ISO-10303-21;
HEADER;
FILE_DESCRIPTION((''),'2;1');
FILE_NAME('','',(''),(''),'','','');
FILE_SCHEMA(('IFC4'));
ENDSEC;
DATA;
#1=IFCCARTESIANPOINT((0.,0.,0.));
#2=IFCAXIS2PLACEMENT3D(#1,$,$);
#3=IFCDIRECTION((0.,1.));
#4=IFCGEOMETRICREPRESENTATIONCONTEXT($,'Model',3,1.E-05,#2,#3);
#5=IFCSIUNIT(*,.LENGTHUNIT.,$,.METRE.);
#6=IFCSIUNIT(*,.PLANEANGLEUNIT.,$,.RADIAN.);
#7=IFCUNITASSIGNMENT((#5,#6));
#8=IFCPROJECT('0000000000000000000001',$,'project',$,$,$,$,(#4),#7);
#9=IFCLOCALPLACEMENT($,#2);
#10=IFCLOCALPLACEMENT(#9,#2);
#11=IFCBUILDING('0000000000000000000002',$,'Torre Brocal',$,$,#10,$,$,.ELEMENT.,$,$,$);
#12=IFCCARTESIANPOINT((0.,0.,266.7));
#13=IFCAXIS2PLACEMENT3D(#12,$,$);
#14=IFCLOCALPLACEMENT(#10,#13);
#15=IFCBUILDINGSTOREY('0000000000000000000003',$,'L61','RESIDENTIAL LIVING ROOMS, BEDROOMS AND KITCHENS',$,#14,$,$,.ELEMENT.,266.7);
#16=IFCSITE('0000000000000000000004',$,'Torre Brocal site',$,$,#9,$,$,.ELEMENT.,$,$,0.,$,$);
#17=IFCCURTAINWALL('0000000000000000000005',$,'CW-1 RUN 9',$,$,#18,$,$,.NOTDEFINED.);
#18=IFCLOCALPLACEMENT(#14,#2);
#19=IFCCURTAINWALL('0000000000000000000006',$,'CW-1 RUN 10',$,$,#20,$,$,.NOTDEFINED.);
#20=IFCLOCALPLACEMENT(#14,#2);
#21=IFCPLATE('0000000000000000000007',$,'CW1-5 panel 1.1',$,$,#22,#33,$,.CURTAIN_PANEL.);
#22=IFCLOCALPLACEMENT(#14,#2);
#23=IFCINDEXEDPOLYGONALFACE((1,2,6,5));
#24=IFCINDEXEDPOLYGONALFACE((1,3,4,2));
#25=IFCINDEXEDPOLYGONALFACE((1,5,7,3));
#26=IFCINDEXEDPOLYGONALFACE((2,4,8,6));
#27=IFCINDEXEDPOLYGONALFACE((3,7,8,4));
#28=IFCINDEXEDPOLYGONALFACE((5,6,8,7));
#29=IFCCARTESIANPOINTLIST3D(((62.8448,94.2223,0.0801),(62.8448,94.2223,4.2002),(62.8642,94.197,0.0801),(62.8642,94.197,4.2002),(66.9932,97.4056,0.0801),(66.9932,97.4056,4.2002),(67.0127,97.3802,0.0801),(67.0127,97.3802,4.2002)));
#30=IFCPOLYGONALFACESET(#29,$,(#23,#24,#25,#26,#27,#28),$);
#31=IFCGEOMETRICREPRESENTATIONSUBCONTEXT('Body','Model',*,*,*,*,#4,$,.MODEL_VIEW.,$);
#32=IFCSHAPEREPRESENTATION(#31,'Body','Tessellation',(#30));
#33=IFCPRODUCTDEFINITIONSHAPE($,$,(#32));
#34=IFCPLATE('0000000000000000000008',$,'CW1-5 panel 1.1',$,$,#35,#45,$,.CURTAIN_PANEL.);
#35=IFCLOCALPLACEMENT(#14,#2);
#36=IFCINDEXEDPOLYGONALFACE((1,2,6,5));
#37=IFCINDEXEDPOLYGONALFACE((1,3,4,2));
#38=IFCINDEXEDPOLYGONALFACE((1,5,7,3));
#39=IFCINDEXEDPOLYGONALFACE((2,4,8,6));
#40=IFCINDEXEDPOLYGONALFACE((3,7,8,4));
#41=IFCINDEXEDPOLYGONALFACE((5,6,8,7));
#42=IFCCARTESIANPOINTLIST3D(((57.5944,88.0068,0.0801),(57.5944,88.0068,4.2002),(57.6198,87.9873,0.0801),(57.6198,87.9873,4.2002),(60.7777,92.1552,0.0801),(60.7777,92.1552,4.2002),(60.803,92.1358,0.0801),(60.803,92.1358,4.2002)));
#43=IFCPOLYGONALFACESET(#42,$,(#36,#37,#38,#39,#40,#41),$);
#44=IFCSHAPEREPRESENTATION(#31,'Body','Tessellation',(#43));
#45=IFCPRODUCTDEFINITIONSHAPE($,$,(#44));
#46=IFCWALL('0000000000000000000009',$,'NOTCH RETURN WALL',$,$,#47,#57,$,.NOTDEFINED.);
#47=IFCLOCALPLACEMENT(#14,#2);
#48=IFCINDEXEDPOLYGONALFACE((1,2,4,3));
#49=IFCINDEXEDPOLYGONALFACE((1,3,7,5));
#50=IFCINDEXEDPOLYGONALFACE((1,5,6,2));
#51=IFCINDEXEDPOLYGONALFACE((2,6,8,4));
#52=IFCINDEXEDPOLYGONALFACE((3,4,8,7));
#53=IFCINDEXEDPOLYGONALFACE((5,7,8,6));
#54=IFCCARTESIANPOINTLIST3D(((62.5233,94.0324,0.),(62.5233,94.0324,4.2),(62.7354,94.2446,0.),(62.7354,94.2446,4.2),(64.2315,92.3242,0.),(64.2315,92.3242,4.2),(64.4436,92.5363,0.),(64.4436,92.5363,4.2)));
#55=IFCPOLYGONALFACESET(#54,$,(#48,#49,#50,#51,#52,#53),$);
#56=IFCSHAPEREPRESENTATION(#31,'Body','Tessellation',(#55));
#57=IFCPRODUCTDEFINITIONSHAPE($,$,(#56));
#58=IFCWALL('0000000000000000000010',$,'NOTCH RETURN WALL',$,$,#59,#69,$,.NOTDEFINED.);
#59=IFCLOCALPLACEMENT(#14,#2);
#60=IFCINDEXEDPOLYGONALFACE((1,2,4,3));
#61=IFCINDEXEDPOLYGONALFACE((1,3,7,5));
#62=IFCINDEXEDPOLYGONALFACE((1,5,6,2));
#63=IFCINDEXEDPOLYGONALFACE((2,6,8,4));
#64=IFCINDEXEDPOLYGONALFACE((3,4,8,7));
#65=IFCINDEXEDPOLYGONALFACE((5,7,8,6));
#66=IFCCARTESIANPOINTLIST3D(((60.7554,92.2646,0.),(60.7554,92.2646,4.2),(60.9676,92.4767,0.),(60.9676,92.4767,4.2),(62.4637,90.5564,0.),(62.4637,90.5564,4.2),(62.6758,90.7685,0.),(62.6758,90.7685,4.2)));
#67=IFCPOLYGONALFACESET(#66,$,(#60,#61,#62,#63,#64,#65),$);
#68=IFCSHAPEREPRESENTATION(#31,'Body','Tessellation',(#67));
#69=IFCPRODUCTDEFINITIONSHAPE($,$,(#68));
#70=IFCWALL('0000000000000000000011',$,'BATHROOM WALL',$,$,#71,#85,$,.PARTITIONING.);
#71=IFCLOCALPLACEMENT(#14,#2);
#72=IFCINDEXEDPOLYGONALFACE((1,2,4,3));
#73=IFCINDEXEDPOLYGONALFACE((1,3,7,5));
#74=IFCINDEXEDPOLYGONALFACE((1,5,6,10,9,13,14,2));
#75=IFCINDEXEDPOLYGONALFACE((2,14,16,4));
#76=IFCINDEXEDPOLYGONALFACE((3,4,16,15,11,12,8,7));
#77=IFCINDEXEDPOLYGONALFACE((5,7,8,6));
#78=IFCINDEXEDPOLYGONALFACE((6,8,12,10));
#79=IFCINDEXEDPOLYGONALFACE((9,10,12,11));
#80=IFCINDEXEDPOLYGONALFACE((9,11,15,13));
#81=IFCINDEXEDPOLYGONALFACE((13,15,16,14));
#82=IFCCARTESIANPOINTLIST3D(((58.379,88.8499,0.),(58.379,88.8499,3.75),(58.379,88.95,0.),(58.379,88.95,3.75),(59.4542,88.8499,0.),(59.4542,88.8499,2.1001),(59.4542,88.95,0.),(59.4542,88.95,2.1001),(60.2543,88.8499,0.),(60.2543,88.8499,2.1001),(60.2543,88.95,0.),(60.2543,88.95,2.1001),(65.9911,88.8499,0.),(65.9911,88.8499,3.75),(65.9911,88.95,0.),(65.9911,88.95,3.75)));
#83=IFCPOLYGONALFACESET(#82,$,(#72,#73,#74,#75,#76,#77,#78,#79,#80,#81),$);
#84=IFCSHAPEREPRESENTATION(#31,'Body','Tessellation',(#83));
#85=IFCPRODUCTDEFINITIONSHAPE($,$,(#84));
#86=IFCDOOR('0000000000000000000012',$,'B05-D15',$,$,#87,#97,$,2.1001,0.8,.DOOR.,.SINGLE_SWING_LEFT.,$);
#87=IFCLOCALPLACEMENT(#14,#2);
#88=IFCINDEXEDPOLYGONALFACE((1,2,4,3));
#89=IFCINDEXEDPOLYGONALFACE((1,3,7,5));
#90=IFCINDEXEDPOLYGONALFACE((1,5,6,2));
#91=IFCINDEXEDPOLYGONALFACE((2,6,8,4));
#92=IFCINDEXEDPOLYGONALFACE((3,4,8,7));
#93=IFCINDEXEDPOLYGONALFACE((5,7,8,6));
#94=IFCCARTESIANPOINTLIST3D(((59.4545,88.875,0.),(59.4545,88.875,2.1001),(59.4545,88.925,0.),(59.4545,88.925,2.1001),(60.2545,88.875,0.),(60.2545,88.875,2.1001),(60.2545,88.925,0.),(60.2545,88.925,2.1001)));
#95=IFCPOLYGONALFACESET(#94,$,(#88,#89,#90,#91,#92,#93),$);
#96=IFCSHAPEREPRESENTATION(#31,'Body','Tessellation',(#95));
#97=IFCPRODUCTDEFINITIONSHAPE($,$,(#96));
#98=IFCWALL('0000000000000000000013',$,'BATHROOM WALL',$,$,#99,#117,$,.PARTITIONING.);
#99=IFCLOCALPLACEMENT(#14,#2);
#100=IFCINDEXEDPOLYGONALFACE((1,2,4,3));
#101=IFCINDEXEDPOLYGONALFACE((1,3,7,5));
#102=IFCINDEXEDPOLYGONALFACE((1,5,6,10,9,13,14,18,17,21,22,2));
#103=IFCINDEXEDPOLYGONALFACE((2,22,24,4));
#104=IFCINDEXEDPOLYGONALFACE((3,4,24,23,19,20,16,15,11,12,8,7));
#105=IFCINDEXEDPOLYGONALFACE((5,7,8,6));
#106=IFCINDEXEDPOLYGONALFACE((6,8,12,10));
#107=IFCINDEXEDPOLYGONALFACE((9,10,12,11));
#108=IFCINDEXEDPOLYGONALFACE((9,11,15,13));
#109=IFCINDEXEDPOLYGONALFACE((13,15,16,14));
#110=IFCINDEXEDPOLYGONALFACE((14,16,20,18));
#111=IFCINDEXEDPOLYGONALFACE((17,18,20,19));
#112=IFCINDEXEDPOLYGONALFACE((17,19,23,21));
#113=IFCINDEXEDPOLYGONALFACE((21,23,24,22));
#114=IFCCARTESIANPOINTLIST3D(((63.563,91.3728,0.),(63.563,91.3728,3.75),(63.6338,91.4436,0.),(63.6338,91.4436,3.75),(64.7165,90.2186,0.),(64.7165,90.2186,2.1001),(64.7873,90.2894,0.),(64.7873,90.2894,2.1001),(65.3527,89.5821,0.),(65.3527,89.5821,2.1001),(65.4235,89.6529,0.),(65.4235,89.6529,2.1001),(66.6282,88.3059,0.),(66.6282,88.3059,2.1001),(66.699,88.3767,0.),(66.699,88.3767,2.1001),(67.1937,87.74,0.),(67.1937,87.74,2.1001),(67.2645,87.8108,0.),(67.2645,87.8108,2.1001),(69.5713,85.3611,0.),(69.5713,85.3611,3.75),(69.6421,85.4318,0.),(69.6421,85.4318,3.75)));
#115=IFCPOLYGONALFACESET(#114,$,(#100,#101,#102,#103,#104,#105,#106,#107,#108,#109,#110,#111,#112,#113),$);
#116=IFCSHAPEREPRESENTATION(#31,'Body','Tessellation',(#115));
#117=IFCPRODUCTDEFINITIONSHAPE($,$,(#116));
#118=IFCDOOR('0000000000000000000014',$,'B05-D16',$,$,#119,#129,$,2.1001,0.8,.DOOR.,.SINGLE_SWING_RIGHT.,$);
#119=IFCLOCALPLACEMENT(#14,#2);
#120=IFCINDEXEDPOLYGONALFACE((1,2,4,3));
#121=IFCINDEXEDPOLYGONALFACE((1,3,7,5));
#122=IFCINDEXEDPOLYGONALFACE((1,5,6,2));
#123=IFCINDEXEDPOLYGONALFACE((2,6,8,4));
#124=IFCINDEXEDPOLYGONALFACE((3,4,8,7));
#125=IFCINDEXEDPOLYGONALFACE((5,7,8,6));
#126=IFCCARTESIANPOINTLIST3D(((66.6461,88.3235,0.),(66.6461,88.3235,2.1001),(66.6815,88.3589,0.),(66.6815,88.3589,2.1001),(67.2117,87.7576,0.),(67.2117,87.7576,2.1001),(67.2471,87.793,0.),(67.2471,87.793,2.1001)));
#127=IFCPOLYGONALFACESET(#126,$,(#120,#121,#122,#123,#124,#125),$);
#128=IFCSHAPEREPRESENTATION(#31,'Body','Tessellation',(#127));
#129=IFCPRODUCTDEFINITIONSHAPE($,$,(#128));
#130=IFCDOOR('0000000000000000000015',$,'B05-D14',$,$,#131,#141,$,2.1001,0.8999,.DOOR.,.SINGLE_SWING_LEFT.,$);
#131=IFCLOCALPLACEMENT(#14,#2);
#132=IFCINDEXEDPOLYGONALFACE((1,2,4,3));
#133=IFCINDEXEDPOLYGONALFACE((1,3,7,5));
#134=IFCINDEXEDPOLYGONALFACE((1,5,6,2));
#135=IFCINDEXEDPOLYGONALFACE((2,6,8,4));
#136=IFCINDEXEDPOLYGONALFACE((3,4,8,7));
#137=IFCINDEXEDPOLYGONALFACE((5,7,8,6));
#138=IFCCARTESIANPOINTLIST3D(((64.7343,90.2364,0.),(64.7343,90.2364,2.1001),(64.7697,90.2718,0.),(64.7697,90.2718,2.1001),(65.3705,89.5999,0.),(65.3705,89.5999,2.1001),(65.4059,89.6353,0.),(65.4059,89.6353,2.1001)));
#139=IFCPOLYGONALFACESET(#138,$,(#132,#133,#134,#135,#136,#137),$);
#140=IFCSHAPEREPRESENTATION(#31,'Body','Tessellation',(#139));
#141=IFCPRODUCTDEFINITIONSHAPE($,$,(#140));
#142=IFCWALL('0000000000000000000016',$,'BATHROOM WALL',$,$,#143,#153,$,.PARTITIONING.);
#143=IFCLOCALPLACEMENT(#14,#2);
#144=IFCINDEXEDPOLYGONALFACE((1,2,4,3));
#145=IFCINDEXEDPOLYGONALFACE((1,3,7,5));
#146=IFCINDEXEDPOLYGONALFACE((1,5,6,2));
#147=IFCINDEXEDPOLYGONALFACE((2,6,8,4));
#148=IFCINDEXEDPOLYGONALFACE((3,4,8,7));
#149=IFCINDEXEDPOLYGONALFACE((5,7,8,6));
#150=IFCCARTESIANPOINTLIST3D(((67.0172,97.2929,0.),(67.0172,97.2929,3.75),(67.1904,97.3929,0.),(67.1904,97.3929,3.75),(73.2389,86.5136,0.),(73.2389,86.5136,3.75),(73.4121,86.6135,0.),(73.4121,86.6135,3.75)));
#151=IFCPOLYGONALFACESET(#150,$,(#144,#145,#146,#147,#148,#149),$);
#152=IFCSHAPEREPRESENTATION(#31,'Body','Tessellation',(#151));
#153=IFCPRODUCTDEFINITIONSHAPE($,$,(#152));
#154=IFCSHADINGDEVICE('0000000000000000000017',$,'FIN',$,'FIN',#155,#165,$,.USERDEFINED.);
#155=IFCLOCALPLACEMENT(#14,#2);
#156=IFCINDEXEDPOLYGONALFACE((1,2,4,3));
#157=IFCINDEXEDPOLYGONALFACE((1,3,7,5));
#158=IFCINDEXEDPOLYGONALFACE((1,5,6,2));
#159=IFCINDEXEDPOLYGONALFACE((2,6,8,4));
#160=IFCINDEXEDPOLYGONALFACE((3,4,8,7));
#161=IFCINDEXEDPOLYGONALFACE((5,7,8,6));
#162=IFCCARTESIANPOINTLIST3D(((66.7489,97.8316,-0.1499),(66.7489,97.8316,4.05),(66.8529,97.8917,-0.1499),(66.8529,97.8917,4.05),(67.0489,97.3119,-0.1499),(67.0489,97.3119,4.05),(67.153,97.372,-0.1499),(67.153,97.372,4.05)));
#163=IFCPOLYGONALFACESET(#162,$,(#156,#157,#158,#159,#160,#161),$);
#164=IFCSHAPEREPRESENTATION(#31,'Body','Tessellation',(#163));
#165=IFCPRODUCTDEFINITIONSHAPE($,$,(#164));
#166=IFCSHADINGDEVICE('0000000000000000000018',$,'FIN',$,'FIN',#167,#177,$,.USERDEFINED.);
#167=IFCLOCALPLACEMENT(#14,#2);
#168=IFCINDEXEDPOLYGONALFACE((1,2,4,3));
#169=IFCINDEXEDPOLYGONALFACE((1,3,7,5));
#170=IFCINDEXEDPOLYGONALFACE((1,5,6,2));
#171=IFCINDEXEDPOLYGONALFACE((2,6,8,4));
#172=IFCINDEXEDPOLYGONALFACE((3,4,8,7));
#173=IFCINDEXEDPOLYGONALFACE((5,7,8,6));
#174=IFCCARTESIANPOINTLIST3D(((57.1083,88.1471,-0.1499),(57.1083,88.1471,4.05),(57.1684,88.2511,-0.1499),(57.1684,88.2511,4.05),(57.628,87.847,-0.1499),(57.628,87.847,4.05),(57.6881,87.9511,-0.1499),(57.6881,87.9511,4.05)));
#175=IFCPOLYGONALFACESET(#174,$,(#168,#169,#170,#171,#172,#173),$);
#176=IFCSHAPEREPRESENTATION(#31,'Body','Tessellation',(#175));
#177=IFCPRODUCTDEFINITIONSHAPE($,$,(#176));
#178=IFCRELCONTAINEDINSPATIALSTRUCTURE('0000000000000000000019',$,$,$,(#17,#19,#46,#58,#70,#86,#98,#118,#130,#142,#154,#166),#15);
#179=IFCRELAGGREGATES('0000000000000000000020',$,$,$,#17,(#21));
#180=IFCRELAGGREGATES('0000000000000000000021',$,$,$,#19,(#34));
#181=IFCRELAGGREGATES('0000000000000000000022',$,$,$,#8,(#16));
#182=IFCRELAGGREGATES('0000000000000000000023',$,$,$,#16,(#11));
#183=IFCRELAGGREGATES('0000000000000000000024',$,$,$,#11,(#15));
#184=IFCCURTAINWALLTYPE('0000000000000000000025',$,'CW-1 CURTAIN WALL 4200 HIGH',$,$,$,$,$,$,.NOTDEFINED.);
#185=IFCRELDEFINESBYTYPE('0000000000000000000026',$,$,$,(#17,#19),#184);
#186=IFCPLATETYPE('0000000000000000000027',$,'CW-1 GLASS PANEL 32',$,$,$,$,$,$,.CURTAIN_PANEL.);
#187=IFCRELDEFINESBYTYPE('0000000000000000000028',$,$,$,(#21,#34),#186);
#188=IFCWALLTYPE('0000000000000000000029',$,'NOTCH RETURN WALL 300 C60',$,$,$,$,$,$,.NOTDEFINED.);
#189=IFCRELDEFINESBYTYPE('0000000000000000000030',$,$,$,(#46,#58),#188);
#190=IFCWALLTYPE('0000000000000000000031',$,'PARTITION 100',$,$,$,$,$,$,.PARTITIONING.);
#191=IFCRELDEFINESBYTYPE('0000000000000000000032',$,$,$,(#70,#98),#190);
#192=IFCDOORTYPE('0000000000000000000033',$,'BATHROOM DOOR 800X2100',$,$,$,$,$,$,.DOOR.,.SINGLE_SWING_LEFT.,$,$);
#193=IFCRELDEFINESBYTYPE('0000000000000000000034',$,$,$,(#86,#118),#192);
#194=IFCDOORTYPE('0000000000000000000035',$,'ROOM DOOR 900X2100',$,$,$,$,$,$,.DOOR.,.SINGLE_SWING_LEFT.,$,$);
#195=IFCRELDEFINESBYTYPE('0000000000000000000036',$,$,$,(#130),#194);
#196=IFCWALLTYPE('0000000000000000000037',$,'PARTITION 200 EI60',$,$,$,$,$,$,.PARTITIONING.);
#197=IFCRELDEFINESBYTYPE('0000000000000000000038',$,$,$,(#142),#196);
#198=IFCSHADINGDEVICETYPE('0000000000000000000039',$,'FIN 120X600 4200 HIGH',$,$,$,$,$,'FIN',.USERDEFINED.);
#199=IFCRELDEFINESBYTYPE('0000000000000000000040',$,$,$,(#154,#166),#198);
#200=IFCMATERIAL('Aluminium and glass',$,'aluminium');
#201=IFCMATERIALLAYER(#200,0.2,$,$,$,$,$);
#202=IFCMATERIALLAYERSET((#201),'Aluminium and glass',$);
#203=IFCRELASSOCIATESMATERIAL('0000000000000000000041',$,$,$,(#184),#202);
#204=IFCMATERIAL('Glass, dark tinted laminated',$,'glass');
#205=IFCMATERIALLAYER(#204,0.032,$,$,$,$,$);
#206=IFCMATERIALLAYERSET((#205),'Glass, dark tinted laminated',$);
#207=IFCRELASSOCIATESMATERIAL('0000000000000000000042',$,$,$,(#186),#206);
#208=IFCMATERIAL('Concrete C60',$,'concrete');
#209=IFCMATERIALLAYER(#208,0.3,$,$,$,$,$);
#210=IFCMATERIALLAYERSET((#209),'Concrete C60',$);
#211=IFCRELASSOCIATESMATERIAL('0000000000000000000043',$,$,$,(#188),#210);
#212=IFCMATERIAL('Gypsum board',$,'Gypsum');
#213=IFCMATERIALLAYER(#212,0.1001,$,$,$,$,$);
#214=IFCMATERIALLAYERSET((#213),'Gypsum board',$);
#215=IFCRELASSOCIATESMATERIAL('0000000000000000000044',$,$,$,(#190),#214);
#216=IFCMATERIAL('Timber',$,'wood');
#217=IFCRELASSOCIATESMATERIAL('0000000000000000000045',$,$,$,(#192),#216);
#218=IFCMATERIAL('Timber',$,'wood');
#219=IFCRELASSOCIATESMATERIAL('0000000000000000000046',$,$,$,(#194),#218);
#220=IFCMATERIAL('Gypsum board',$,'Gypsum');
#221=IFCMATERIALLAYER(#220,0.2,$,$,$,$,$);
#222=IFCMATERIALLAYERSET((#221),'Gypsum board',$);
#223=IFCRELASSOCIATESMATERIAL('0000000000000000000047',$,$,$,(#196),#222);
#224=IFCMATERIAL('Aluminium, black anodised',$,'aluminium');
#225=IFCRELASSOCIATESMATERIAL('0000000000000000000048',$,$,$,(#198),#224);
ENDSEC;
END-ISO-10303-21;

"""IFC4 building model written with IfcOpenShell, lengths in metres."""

from ifc_helpers import new_model, si_unit, direction, frame, frame_2d, origin, origin_2d, place, context, subcontext, project, spatial, rectangle, extrude, material, layer, layer_set, material_profile, profile_set, type_object, element, fill, aggregate, save


model = new_model("IFC4")

# Units and contexts
model_context = context("Model", 3, precision=1e-05, world=origin(), true_north=direction((0.0, 1.0)))
body_context = subcontext(model_context, "Body", "Model", "MODEL_VIEW")
ifc_project = project(units=[si_unit("LENGTHUNIT", "METRE"), si_unit("PLANEANGLEUNIT", "RADIAN")], contexts=[model_context])

# Site, building, storey
site_placement = place(None, origin())
site = spatial("IfcSite", under=ifc_project, at=site_placement, Name="Torre Brocal site", CompositionType="ELEMENT", RefElevation=0.0)
building_placement = place(site_placement, origin())
building = spatial("IfcBuilding", under=site, at=building_placement, Name="Torre Brocal", CompositionType="ELEMENT")
storey_placement = place(building_placement, frame((0.0, 0.0, 266.7)))
storey = spatial("IfcBuildingStorey", under=building, at=storey_placement, Name="L61", Description="RESIDENTIAL LIVING ROOMS, BEDROOMS AND KITCHENS", CompositionType="ELEMENT", Elevation=266.7)

# Shared definitions
ifc_material_1 = material(Name="Aluminium and glass", Category="aluminium")
ifc_layer_1 = layer(ifc_material_1, 0.2)
ifc_layer_set_1 = layer_set([ifc_layer_1], Name="Aluminium and glass")
curtain_wall_type = type_object("IfcCurtainWallType", Name="CW-1 CURTAIN WALL 4200 HIGH", PredefinedType="NOTDEFINED", material=ifc_layer_set_1)

# Curtain walls
curtain_wall_1_placement = place(storey_placement, origin())
curtain_wall_1 = element("IfcCurtainWall", 1, at=curtain_wall_1_placement, inside=storey, type_object=curtain_wall_type, Name="CW-1 RUN 9", PredefinedType="NOTDEFINED")
curtain_wall_2_placement = place(storey_placement, origin())
curtain_wall_2 = element("IfcCurtainWall", 2, at=curtain_wall_2_placement, inside=storey, type_object=curtain_wall_type, Name="CW-1 RUN 10", PredefinedType="NOTDEFINED")

# Plates
ifc_material_2 = material(Name="Glass, dark tinted laminated", Category="glass")
ifc_layer_2 = layer(ifc_material_2, 0.032)
ifc_layer_set_2 = layer_set([ifc_layer_2], Name="Glass, dark tinted laminated")
plate_type = type_object("IfcPlateType", Name="CW-1 GLASS PANEL 32", PredefinedType="CURTAIN_PANEL", material=ifc_layer_set_2)
plate_1_placement = place(storey_placement, frame((64.9287, 95.8013, 0.0801), z_axis=(0.0, 0.0, 1.0), x_axis=(-0.793353, -0.608761, 0.0)))
plate_1 = element("IfcPlate", 3, at=plate_1_placement, type_object=plate_type, Name="CW1-5 panel 1.1", PredefinedType="CURTAIN_PANEL", context=body_context, shape_type="SweptSolid", body=[
    extrude(rectangle(XDim=5.229, YDim=0.032, at=origin_2d()), origin(), (0.0, 0.0, 1.0), 4.1201),
])
aggregate(curtain_wall_1, [plate_1])
plate_2_placement = place(storey_placement, frame((59.1987, 90.0713, 0.0801), z_axis=(0.0, 0.0, 1.0), x_axis=(-0.608761, -0.793353, 0.0)))
plate_2 = element("IfcPlate", 4, at=plate_2_placement, type_object=plate_type, Name="CW1-5 panel 1.1", PredefinedType="CURTAIN_PANEL", context=body_context, shape_type="SweptSolid", body=[
    extrude(rectangle(XDim=5.229, YDim=0.032, at=origin_2d()), origin(), (0.0, 0.0, 1.0), 4.1201),
])
aggregate(curtain_wall_2, [plate_2])

# Walls
ifc_material_3 = material(Name="Concrete C60", Category="concrete")
ifc_layer_3 = layer(ifc_material_3, 0.3)
ifc_layer_set_3 = layer_set([ifc_layer_3], Name="Concrete C60")
wall_type_1 = type_object("IfcWallType", Name="NOTCH RETURN WALL 300 C60", PredefinedType="NOTDEFINED", material=ifc_layer_set_3)
for number, where, z_axis, x_axis, name in (
    (5, (64.3376, 92.4302, 0.0), (0.0, 0.0, 1.0), (-0.707107, 0.707107, 0.0), "NOTCH RETURN WALL"),
    (6, (62.5698, 90.6624, 0.0), (0.0, 0.0, 1.0), (-0.707107, 0.707107, 0.0), "NOTCH RETURN WALL"),
):
    element("IfcWall", number, at=place(storey_placement, frame(where, z_axis=z_axis, x_axis=x_axis)), inside=storey, type_object=wall_type_1, Name=name, PredefinedType="NOTDEFINED", context=body_context, shape_type="SweptSolid", body=[
        extrude(rectangle(XDim=2.4158, YDim=0.3, at=frame_2d((1.208, 0.0))), origin(), (0.0, 0.0, 1.0), 4.2),
    ])

# Wall, opening, door
ifc_material_4 = material(Name="Gypsum board", Category="Gypsum")
ifc_layer_4 = layer(ifc_material_4, 0.1001)
ifc_layer_set_4 = layer_set([ifc_layer_4], Name="Gypsum board")
wall_type_2 = type_object("IfcWallType", Name="PARTITION 100", PredefinedType="PARTITIONING", material=ifc_layer_set_4)
wall_1_placement = place(storey_placement, frame((58.3789, 88.8999, 0.0), z_axis=(0.0, 0.0, 1.0), x_axis=(1.0, 0.0, 0.0)))
wall_1 = element("IfcWall", 7, at=wall_1_placement, inside=storey, type_object=wall_type_2, Name="BATHROOM WALL", PredefinedType="PARTITIONING", context=body_context, shape_type="SweptSolid", body=[
    extrude(rectangle(XDim=7.6121, YDim=0.1001, at=frame_2d((3.8062, 0.0))), origin(), (0.0, 0.0, 1.0), 3.75),
])
opening_1_placement = place(wall_1_placement, frame((1.0754, 0.0, 0.0)))
opening_1 = element("IfcOpeningElement", 8, at=opening_1_placement, cuts=wall_1, PredefinedType="OPENING", context=body_context, shape_type="SweptSolid", body=[
    extrude(rectangle(XDim=0.8, YDim=2.1001, at=frame_2d((0.3999, 1.05))), frame((0.0, 0.0601, 0.0), z_axis=(0.0, -1.0, 0.0), x_axis=(1.0, 0.0, 0.0)), (0.0, 0.0, 1.0), 0.1201),
])
ifc_material_5 = material(Name="Timber", Category="wood")
door_type_1 = type_object("IfcDoorType", Name="BATHROOM DOOR 800X2100", OperationType="SINGLE_SWING_LEFT", PredefinedType="DOOR", material=ifc_material_5)
door_1_placement = place(opening_1_placement, frame((0.8, 0.0, 0.0), z_axis=(0.0, 0.0, 1.0), x_axis=(-1.0, 0.0, 0.0)))
door_1 = element("IfcDoor", 9, at=door_1_placement, inside=storey, type_object=door_type_1, Name="B05-D15", OperationType="SINGLE_SWING_LEFT", OverallHeight=2.1001, OverallWidth=0.8, PredefinedType="DOOR", context=body_context, shape_type="SweptSolid", body=[
    extrude(rectangle(XDim=0.8, YDim=2.1001, at=frame_2d((0.3999, 1.05))), frame((0.0, 0.0249, 0.0), z_axis=(0.0, -1.0, 0.0), x_axis=(1.0, 0.0, 0.0)), (0.0, 0.0, 1.0), 0.05),
])
fill(opening_1, door_1)

# Wall, openings, doors
wall_2_placement = place(storey_placement, frame((63.5984, 91.4082, 0.0), z_axis=(0.0, 0.0, 1.0), x_axis=(0.706906, -0.707308, 0.0)))
wall_2 = element("IfcWall", 10, at=wall_2_placement, inside=storey, type_object=wall_type_2, Name="BATHROOM WALL", PredefinedType="PARTITIONING", context=body_context, shape_type="SweptSolid", body=[
    extrude(rectangle(XDim=8.4995, YDim=0.1001, at=frame_2d((4.2498, 0.0))), origin(), (0.0, 0.0, 1.0), 3.75),
])
opening_2_placement = place(wall_2_placement, frame((1.6318, 0.0, 0.0)))
opening_2 = element("IfcOpeningElement", 11, at=opening_2_placement, cuts=wall_2, PredefinedType="OPENING", context=body_context, shape_type="SweptSolid", body=[
    extrude(rectangle(XDim=0.8999, YDim=2.1001, at=frame_2d((0.45, 1.05))), frame((0.0, 0.0601, 0.0), z_axis=(0.0, -1.0, 0.0), x_axis=(1.0, 0.0, 0.0)), (0.0, 0.0, 1.0), 0.1201),
])
opening_3_placement = place(wall_2_placement, frame((4.3362, 0.0, 0.0)))
opening_3 = element("IfcOpeningElement", 12, at=opening_3_placement, cuts=wall_2, PredefinedType="OPENING", context=body_context, shape_type="SweptSolid", body=[
    extrude(rectangle(XDim=0.8, YDim=2.1001, at=frame_2d((0.3999, 1.05))), frame((0.0, 0.0601, 0.0), z_axis=(0.0, -1.0, 0.0), x_axis=(1.0, 0.0, 0.0)), (0.0, 0.0, 1.0), 0.1201),
])
door_2_placement = place(opening_3_placement, frame((0.8, 0.0, 0.0), z_axis=(0.0, 0.0, 1.0), x_axis=(-1.0, 0.0, 0.0)))
door_2 = element("IfcDoor", 13, at=door_2_placement, inside=storey, type_object=door_type_1, Name="B05-D16", OperationType="SINGLE_SWING_RIGHT", OverallHeight=2.1001, OverallWidth=0.8, PredefinedType="DOOR", context=body_context, shape_type="SweptSolid", body=[
    extrude(rectangle(XDim=0.8, YDim=2.1001, at=frame_2d((0.3999, 1.05))), frame((0.0, 0.0249, 0.0), z_axis=(0.0, -1.0, 0.0), x_axis=(1.0, 0.0, 0.0)), (0.0, 0.0, 1.0), 0.05),
])
fill(opening_3, door_2)
ifc_material_6 = material(Name="Timber", Category="wood")
door_type_2 = type_object("IfcDoorType", Name="ROOM DOOR 900X2100", OperationType="SINGLE_SWING_LEFT", PredefinedType="DOOR", material=ifc_material_6)
door_3_placement = place(opening_2_placement, frame((0.8999, 0.0, 0.0), z_axis=(0.0, 0.0, 1.0), x_axis=(-1.0, 0.0, 0.0)))
door_3 = element("IfcDoor", 14, at=door_3_placement, inside=storey, type_object=door_type_2, Name="B05-D14", OperationType="SINGLE_SWING_LEFT", OverallHeight=2.1001, OverallWidth=0.8999, PredefinedType="DOOR", context=body_context, shape_type="SweptSolid", body=[
    extrude(rectangle(XDim=0.8999, YDim=2.1001, at=frame_2d((0.45, 1.05))), frame((0.0, 0.0249, 0.0), z_axis=(0.0, -1.0, 0.0), x_axis=(1.0, 0.0, 0.0)), (0.0, 0.0, 1.0), 0.05),
])
fill(opening_2, door_3)

# Wall
ifc_material_7 = material(Name="Gypsum board", Category="Gypsum")
ifc_layer_5 = layer(ifc_material_7, 0.2)
ifc_layer_set_5 = layer_set([ifc_layer_5], Name="Gypsum board")
wall_type_3 = type_object("IfcWallType", Name="PARTITION 200 EI60", PredefinedType="PARTITIONING", material=ifc_layer_set_5)
wall_3_placement = place(storey_placement, frame((67.1038, 97.343, 0.0), z_axis=(0.0, 0.0, 1.0), x_axis=(0.499895, -0.866086, 0.0)))
element("IfcWall", 15, at=wall_3_placement, inside=storey, type_object=wall_type_3, Name="BATHROOM WALL", PredefinedType="PARTITIONING", context=body_context, shape_type="SweptSolid", body=[
    extrude(rectangle(XDim=12.446, YDim=0.2, at=frame_2d((6.2231, 0.0))), origin(), (0.0, 0.0, 1.0), 3.75),
])

# Shading devices
ifc_material_8 = material(Name="Aluminium, black anodised", Category="aluminium")
ifc_material_profile_1 = material_profile(ifc_material_8, rectangle(XDim=0.1201, YDim=0.6001, at=origin_2d()), Name="FIN 120X600 4200 HIGH")
ifc_profile_set_1 = profile_set([ifc_material_profile_1], Name="Aluminium, black anodised")
shading_device_type = type_object("IfcShadingDeviceType", Name="FIN 120X600 4200 HIGH", ElementType="FIN", PredefinedType="USERDEFINED", material=ifc_profile_set_1)
for number, where, z_axis, x_axis, name in (
    (16, (66.9509, 97.6018, -0.1499), (0.0, 0.0, 1.0), (-0.866025, -0.5, 0.0), "FIN"),
    (17, (57.3982, 88.0491, -0.1499), (0.0, 0.0, 1.0), (-0.5, -0.866025, 0.0), "FIN"),
):
    element("IfcShadingDevice", number, at=place(storey_placement, frame(where, z_axis=z_axis, x_axis=x_axis)), inside=storey, type_object=shading_device_type, Name=name, ObjectType="FIN", PredefinedType="USERDEFINED", context=body_context, shape_type="SweptSolid", body=[
        extrude(rectangle(XDim=0.1201, YDim=0.6001, at=origin_2d()), origin(), (0.0, 0.0, 1.0), 4.2),
    ])

save(model, "model.ifc")
